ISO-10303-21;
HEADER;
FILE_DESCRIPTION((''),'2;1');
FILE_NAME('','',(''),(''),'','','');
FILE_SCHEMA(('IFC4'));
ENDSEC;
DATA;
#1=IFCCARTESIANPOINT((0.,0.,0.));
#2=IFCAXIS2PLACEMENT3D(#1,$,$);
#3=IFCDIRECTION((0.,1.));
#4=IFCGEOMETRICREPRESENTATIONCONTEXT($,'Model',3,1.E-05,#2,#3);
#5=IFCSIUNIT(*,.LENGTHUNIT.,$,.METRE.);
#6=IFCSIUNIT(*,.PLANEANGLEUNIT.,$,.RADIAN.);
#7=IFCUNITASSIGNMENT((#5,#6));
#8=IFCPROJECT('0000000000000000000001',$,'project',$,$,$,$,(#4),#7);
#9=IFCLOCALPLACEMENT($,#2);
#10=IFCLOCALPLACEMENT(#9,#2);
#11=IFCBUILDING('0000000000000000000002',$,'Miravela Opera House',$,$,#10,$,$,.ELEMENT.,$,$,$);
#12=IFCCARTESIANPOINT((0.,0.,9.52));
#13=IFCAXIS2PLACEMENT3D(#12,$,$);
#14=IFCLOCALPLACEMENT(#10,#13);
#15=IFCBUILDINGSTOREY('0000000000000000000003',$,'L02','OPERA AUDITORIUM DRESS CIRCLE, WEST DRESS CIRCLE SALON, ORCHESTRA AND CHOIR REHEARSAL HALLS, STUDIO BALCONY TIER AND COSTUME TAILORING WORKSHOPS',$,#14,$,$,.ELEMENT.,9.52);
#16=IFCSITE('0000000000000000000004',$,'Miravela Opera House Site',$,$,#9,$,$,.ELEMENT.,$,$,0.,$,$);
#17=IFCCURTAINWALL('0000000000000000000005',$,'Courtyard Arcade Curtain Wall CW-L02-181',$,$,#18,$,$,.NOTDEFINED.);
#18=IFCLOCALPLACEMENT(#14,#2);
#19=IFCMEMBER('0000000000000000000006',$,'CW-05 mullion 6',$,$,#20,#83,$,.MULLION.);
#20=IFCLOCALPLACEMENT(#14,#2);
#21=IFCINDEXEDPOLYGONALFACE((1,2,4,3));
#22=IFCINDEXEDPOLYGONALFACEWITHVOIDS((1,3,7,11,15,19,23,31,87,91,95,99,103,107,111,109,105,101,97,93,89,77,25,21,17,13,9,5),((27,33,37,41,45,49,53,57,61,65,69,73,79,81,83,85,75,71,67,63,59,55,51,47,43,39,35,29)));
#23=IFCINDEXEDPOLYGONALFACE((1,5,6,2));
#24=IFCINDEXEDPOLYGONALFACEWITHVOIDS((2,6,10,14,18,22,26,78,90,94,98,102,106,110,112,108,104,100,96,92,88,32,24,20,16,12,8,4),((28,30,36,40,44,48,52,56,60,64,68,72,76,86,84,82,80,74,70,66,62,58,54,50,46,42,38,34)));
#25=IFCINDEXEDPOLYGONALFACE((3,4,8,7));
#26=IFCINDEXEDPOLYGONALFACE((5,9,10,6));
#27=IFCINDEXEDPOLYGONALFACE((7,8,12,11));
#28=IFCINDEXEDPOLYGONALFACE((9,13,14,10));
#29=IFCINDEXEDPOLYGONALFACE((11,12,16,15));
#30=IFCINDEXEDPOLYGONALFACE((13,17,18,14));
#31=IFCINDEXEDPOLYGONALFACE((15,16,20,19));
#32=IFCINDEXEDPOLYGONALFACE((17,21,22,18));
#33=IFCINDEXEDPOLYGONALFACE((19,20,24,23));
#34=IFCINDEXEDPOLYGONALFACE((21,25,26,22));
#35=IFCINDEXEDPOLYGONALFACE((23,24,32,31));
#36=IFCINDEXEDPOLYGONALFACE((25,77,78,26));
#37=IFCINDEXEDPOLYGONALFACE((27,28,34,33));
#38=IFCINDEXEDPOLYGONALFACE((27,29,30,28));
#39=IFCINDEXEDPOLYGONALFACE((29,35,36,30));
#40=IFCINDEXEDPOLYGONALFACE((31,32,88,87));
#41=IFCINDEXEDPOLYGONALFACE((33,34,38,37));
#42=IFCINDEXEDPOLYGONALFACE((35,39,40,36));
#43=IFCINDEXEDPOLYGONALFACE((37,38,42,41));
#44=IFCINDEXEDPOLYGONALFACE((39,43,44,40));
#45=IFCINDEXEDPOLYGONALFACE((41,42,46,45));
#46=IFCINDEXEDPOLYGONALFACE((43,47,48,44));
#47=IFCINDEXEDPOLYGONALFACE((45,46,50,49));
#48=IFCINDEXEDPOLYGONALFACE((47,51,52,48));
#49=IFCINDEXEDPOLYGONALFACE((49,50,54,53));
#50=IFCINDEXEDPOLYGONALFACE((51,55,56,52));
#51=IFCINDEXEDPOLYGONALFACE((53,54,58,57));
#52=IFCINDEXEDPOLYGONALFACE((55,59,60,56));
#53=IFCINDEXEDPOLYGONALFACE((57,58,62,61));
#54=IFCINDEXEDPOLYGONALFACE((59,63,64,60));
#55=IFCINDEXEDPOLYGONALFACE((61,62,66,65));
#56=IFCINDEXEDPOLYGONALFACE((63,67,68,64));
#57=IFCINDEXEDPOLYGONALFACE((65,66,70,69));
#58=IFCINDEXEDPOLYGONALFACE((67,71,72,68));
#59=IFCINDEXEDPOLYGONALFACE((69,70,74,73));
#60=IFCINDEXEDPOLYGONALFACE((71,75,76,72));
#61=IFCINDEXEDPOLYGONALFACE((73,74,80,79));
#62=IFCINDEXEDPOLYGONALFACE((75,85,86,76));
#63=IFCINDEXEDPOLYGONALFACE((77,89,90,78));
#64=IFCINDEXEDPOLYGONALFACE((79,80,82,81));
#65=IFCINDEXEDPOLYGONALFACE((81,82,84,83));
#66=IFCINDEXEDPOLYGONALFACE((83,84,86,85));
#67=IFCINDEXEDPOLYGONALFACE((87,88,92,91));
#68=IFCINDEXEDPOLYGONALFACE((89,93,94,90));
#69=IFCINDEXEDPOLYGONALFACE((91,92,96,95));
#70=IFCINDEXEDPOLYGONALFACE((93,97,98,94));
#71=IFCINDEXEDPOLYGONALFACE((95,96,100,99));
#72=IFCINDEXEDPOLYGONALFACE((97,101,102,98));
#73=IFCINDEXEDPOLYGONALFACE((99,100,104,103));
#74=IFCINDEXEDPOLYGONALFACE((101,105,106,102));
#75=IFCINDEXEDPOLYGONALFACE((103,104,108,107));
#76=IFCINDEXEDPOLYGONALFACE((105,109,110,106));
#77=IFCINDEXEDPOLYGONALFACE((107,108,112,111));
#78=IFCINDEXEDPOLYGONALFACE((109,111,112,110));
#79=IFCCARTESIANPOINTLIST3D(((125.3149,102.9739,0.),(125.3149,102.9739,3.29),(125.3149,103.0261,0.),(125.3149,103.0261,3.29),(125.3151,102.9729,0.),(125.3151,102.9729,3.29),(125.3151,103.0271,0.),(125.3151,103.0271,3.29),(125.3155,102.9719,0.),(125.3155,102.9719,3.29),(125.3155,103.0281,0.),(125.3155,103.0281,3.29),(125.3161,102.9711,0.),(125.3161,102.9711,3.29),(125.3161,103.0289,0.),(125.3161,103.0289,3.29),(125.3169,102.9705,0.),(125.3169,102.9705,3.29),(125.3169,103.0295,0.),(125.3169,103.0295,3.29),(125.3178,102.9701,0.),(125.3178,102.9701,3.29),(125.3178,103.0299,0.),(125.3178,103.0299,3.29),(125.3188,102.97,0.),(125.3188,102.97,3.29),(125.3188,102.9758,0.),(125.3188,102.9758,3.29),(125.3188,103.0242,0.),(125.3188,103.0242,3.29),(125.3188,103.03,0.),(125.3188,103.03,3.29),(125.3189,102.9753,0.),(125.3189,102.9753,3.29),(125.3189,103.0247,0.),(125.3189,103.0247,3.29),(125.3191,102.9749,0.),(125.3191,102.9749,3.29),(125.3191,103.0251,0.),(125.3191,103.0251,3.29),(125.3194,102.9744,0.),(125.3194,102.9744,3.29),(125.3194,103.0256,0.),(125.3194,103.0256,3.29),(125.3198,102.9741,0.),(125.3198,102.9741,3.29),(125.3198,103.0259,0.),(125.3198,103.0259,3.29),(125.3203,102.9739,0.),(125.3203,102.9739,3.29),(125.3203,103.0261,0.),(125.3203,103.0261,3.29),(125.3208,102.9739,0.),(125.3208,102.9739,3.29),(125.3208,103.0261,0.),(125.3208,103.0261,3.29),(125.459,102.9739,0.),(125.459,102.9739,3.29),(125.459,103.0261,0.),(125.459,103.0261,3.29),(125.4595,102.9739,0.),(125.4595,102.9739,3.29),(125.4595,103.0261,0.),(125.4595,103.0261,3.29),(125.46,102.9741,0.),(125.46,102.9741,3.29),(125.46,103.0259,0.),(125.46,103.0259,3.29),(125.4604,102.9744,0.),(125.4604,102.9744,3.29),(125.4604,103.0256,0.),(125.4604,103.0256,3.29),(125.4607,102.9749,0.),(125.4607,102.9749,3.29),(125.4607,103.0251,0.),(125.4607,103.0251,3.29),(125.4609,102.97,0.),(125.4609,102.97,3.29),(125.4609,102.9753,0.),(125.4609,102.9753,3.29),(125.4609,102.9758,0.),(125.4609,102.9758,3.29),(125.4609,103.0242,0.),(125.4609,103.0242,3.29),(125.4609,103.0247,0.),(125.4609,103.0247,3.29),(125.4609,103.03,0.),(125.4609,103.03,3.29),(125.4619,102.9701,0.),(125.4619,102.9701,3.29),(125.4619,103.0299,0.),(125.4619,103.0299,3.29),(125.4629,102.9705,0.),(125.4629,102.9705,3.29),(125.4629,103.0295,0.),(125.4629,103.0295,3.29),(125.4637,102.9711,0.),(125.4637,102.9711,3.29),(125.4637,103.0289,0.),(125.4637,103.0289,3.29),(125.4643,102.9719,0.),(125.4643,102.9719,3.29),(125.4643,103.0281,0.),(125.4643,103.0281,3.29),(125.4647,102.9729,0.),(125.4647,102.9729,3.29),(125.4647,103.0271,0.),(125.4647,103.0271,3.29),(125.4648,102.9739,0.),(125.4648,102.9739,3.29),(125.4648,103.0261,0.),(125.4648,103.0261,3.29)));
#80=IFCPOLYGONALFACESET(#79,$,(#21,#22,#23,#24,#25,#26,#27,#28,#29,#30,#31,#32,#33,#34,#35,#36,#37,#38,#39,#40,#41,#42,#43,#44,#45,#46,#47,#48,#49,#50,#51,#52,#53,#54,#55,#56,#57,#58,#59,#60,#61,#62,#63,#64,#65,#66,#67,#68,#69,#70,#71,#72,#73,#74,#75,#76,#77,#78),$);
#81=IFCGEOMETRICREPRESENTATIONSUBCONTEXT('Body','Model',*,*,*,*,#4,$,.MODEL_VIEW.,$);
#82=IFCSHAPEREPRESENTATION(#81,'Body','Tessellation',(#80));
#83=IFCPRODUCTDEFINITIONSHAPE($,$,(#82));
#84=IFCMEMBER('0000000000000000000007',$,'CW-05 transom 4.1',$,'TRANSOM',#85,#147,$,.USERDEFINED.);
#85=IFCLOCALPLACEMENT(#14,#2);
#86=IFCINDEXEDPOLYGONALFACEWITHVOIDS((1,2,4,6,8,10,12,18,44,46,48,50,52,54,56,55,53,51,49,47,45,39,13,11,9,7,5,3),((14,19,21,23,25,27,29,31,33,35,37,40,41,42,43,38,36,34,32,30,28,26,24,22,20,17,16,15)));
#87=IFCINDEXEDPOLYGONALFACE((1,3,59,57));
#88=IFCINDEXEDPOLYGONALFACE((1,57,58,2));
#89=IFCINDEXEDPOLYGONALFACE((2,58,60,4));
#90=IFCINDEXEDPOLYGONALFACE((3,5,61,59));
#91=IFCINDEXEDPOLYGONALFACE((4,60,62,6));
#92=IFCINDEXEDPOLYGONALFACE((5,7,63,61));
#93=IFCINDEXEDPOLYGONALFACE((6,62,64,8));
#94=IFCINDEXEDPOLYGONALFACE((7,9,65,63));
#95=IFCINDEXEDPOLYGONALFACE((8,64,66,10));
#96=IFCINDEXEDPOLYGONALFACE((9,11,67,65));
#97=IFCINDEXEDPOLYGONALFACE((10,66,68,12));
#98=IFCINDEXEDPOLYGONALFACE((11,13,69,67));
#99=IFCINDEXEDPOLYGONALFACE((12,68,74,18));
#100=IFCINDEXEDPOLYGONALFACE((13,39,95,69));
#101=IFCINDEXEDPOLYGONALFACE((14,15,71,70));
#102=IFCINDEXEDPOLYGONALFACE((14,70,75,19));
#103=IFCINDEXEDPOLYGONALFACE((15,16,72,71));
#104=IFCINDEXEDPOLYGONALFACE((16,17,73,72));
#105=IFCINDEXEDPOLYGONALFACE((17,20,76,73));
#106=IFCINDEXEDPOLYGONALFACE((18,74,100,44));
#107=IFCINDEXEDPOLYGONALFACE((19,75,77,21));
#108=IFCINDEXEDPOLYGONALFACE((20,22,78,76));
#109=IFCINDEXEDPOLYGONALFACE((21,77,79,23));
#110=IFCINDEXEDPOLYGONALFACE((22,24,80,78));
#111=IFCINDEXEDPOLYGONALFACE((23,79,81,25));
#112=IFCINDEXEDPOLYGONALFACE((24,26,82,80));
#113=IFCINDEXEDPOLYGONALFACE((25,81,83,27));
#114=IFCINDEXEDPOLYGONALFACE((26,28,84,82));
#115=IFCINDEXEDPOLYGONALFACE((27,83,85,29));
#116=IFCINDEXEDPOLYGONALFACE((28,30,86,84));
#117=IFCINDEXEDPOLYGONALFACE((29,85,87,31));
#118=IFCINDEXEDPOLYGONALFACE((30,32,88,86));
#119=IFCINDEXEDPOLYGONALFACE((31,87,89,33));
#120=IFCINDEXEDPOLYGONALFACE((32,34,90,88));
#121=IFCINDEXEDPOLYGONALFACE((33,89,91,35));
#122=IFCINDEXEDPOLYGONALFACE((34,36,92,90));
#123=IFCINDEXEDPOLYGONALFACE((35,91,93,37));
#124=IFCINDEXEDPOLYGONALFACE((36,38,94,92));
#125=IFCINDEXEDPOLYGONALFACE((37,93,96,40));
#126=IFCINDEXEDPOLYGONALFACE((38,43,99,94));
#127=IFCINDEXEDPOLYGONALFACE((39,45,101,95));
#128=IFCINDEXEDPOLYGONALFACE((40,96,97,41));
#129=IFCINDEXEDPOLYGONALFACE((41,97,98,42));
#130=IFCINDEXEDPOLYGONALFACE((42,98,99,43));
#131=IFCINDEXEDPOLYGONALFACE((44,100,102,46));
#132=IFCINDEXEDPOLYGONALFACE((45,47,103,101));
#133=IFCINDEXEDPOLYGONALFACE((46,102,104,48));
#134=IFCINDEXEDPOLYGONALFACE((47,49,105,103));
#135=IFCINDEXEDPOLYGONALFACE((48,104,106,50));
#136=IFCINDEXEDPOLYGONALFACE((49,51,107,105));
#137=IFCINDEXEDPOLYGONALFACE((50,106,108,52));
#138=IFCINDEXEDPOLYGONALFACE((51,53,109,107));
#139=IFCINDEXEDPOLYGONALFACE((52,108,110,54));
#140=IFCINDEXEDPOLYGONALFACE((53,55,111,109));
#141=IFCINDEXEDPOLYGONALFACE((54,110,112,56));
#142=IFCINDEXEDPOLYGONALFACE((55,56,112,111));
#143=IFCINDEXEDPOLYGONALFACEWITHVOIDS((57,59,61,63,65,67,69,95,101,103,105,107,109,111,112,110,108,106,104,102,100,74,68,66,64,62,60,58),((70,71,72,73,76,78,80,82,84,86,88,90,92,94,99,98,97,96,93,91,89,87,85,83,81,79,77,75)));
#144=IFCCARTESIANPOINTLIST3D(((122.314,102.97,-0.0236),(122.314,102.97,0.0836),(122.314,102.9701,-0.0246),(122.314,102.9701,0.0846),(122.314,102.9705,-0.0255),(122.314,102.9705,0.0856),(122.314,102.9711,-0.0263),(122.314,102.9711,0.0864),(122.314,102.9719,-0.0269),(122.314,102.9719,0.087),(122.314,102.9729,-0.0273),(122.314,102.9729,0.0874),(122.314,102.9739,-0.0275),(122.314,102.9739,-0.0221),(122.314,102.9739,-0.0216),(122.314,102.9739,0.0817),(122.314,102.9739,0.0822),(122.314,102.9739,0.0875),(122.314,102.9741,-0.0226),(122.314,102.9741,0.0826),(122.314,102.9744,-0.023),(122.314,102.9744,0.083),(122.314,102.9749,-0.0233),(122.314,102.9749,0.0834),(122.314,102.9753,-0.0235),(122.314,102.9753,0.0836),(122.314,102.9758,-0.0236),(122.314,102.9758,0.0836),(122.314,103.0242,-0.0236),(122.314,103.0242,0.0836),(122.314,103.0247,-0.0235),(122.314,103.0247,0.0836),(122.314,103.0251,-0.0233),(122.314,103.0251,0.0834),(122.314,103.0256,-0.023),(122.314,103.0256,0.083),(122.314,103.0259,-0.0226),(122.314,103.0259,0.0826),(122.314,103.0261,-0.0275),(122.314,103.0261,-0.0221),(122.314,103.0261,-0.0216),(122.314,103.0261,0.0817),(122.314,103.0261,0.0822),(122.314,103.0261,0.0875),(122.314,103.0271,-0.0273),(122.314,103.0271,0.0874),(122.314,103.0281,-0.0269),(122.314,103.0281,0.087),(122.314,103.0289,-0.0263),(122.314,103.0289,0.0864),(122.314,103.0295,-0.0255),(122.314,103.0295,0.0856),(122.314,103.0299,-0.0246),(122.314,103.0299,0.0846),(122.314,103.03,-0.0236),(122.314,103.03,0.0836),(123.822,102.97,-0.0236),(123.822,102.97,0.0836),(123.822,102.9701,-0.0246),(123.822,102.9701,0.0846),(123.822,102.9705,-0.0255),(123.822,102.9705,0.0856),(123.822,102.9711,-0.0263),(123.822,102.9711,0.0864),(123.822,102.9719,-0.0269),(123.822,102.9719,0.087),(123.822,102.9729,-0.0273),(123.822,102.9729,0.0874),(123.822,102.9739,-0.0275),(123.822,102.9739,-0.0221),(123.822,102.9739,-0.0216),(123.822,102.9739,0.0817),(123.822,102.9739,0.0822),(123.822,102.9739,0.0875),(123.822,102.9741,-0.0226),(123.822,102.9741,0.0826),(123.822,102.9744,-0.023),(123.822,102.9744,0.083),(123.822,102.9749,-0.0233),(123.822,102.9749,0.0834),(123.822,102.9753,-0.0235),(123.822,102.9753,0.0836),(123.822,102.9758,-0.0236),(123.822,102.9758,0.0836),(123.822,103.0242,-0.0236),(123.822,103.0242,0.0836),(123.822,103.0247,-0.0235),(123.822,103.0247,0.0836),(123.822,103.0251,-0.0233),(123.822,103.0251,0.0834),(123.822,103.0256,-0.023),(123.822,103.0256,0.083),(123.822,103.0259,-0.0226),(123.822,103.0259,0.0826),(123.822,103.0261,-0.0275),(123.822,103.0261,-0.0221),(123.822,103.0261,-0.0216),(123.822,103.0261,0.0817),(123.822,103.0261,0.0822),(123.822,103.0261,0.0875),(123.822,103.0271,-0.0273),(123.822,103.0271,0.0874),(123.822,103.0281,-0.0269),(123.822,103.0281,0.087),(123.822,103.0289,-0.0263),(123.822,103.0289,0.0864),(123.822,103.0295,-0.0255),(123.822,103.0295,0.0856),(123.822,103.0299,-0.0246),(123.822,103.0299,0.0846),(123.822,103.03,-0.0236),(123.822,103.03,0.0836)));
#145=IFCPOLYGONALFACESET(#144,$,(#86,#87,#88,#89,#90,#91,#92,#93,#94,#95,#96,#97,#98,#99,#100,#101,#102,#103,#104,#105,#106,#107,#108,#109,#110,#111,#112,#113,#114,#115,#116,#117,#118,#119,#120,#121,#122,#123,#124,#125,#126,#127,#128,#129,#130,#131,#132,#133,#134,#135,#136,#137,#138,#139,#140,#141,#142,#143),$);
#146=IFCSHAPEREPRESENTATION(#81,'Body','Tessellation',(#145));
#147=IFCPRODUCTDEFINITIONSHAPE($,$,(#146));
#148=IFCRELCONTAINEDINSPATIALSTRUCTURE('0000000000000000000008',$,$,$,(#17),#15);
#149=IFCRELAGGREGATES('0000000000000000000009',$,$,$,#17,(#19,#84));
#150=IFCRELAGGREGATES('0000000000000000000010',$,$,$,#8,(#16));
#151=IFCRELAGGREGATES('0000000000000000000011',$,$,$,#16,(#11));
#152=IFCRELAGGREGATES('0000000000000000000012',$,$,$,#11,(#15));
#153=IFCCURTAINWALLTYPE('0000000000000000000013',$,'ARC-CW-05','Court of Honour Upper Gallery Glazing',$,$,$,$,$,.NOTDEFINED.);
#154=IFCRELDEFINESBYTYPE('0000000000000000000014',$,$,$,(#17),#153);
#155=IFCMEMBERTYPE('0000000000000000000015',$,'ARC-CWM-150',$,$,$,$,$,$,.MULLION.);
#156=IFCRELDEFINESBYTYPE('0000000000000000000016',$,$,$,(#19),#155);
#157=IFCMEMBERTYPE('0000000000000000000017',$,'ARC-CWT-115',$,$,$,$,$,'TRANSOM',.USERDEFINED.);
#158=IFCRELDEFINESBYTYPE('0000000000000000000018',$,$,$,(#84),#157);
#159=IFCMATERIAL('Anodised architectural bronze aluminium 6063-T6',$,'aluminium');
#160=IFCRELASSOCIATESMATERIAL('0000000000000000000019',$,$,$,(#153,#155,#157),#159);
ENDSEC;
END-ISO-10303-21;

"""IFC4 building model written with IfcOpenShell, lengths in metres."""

from ifc_helpers import new_model, si_unit, direction, frame, origin, origin_2d, place, context, subcontext, project, spatial, hollow_rectangle, extrude, material, material_profile, profile_set, type_object, element, aggregate, save


model = new_model("IFC4")

# Units and contexts
model_context = context("Model", 3, precision=1e-05, world=origin(), true_north=direction((0.0, 1.0)))
body_context = subcontext(model_context, "Body", "Model", "MODEL_VIEW")
ifc_project = project(units=[si_unit("LENGTHUNIT", "METRE"), si_unit("PLANEANGLEUNIT", "RADIAN")], contexts=[model_context])

# Site, building, storey
site_placement = place(None, origin())
site = spatial("IfcSite", under=ifc_project, at=site_placement, Name="Miravela Opera House Site", CompositionType="ELEMENT", RefElevation=0.0)
building_placement = place(site_placement, origin())
building = spatial("IfcBuilding", under=site, at=building_placement, Name="Miravela Opera House", CompositionType="ELEMENT")
storey_placement = place(building_placement, frame((0.0, 0.0, 9.52)))
storey = spatial("IfcBuildingStorey", under=building, at=storey_placement, Name="L02", Description="OPERA AUDITORIUM DRESS CIRCLE, WEST DRESS CIRCLE SALON, ORCHESTRA AND CHOIR REHEARSAL HALLS, STUDIO BALCONY TIER AND COSTUME TAILORING WORKSHOPS", CompositionType="ELEMENT", Elevation=9.52)

# Curtain wall, members
ifc_material_1 = material(Name="Anodised architectural bronze aluminium 6063-T6", Category="aluminium")
curtain_wall_type = type_object("IfcCurtainWallType", Name="ARC-CW-05", Description="Court of Honour Upper Gallery Glazing", PredefinedType="NOTDEFINED", material=ifc_material_1)
curtain_wall_placement = place(storey_placement, origin())
curtain_wall = element("IfcCurtainWall", 1, at=curtain_wall_placement, inside=storey, type_object=curtain_wall_type, Name="Courtyard Arcade Curtain Wall CW-L02-181", PredefinedType="NOTDEFINED")
ifc_material_profile_1 = material_profile(ifc_material_1, hollow_rectangle(XDim=0.0601, YDim=0.1499, WallThickness=0.0039, InnerFilletRadius=0.002, OuterFilletRadius=0.0039, at=origin_2d()), Name="CWM-60X150")
ifc_profile_set_1 = profile_set([ifc_material_profile_1])
member_type_1 = type_object("IfcMemberType", Name="ARC-CWM-150", PredefinedType="MULLION", material=ifc_profile_set_1)
member_1_placement = place(storey_placement, frame((125.3899, 103.0, 0.0), z_axis=(0.0, 0.0, 1.0), x_axis=(0.0, 1.0, 0.0)))
member_1 = element("IfcMember", 2, at=member_1_placement, type_object=member_type_1, Name="CW-05 mullion 6", PredefinedType="MULLION", context=body_context, shape_type="SweptSolid", body=[
    extrude(hollow_rectangle(XDim=0.0601, YDim=0.1499, WallThickness=0.0039, InnerFilletRadius=0.002, OuterFilletRadius=0.0039, at=origin_2d()), origin(), (0.0, 0.0, 1.0), 3.29),
])
ifc_material_profile_2 = material_profile(ifc_material_1, hollow_rectangle(XDim=0.0601, YDim=0.115, WallThickness=0.0039, InnerFilletRadius=0.002, OuterFilletRadius=0.0039, at=origin_2d()), Name="CWT-60X115")
ifc_profile_set_2 = profile_set([ifc_material_profile_2])
member_type_2 = type_object("IfcMemberType", Name="ARC-CWT-115", ElementType="TRANSOM", PredefinedType="USERDEFINED", material=ifc_profile_set_2)
member_2_placement = place(storey_placement, frame((122.314, 103.0, 0.03), z_axis=(1.0, 0.0, 0.0), x_axis=(0.0, 1.0, 0.0)))
member_2 = element("IfcMember", 3, at=member_2_placement, type_object=member_type_2, Name="CW-05 transom 4.1", ObjectType="TRANSOM", PredefinedType="USERDEFINED", context=body_context, shape_type="SweptSolid", body=[
    extrude(hollow_rectangle(XDim=0.0601, YDim=0.115, WallThickness=0.0039, InnerFilletRadius=0.002, OuterFilletRadius=0.0039, at=origin_2d()), origin(), (0.0, 0.0, 1.0), 1.5081),
])

aggregate(curtain_wall, [member_1, member_2])

save(model, "model.ifc")
